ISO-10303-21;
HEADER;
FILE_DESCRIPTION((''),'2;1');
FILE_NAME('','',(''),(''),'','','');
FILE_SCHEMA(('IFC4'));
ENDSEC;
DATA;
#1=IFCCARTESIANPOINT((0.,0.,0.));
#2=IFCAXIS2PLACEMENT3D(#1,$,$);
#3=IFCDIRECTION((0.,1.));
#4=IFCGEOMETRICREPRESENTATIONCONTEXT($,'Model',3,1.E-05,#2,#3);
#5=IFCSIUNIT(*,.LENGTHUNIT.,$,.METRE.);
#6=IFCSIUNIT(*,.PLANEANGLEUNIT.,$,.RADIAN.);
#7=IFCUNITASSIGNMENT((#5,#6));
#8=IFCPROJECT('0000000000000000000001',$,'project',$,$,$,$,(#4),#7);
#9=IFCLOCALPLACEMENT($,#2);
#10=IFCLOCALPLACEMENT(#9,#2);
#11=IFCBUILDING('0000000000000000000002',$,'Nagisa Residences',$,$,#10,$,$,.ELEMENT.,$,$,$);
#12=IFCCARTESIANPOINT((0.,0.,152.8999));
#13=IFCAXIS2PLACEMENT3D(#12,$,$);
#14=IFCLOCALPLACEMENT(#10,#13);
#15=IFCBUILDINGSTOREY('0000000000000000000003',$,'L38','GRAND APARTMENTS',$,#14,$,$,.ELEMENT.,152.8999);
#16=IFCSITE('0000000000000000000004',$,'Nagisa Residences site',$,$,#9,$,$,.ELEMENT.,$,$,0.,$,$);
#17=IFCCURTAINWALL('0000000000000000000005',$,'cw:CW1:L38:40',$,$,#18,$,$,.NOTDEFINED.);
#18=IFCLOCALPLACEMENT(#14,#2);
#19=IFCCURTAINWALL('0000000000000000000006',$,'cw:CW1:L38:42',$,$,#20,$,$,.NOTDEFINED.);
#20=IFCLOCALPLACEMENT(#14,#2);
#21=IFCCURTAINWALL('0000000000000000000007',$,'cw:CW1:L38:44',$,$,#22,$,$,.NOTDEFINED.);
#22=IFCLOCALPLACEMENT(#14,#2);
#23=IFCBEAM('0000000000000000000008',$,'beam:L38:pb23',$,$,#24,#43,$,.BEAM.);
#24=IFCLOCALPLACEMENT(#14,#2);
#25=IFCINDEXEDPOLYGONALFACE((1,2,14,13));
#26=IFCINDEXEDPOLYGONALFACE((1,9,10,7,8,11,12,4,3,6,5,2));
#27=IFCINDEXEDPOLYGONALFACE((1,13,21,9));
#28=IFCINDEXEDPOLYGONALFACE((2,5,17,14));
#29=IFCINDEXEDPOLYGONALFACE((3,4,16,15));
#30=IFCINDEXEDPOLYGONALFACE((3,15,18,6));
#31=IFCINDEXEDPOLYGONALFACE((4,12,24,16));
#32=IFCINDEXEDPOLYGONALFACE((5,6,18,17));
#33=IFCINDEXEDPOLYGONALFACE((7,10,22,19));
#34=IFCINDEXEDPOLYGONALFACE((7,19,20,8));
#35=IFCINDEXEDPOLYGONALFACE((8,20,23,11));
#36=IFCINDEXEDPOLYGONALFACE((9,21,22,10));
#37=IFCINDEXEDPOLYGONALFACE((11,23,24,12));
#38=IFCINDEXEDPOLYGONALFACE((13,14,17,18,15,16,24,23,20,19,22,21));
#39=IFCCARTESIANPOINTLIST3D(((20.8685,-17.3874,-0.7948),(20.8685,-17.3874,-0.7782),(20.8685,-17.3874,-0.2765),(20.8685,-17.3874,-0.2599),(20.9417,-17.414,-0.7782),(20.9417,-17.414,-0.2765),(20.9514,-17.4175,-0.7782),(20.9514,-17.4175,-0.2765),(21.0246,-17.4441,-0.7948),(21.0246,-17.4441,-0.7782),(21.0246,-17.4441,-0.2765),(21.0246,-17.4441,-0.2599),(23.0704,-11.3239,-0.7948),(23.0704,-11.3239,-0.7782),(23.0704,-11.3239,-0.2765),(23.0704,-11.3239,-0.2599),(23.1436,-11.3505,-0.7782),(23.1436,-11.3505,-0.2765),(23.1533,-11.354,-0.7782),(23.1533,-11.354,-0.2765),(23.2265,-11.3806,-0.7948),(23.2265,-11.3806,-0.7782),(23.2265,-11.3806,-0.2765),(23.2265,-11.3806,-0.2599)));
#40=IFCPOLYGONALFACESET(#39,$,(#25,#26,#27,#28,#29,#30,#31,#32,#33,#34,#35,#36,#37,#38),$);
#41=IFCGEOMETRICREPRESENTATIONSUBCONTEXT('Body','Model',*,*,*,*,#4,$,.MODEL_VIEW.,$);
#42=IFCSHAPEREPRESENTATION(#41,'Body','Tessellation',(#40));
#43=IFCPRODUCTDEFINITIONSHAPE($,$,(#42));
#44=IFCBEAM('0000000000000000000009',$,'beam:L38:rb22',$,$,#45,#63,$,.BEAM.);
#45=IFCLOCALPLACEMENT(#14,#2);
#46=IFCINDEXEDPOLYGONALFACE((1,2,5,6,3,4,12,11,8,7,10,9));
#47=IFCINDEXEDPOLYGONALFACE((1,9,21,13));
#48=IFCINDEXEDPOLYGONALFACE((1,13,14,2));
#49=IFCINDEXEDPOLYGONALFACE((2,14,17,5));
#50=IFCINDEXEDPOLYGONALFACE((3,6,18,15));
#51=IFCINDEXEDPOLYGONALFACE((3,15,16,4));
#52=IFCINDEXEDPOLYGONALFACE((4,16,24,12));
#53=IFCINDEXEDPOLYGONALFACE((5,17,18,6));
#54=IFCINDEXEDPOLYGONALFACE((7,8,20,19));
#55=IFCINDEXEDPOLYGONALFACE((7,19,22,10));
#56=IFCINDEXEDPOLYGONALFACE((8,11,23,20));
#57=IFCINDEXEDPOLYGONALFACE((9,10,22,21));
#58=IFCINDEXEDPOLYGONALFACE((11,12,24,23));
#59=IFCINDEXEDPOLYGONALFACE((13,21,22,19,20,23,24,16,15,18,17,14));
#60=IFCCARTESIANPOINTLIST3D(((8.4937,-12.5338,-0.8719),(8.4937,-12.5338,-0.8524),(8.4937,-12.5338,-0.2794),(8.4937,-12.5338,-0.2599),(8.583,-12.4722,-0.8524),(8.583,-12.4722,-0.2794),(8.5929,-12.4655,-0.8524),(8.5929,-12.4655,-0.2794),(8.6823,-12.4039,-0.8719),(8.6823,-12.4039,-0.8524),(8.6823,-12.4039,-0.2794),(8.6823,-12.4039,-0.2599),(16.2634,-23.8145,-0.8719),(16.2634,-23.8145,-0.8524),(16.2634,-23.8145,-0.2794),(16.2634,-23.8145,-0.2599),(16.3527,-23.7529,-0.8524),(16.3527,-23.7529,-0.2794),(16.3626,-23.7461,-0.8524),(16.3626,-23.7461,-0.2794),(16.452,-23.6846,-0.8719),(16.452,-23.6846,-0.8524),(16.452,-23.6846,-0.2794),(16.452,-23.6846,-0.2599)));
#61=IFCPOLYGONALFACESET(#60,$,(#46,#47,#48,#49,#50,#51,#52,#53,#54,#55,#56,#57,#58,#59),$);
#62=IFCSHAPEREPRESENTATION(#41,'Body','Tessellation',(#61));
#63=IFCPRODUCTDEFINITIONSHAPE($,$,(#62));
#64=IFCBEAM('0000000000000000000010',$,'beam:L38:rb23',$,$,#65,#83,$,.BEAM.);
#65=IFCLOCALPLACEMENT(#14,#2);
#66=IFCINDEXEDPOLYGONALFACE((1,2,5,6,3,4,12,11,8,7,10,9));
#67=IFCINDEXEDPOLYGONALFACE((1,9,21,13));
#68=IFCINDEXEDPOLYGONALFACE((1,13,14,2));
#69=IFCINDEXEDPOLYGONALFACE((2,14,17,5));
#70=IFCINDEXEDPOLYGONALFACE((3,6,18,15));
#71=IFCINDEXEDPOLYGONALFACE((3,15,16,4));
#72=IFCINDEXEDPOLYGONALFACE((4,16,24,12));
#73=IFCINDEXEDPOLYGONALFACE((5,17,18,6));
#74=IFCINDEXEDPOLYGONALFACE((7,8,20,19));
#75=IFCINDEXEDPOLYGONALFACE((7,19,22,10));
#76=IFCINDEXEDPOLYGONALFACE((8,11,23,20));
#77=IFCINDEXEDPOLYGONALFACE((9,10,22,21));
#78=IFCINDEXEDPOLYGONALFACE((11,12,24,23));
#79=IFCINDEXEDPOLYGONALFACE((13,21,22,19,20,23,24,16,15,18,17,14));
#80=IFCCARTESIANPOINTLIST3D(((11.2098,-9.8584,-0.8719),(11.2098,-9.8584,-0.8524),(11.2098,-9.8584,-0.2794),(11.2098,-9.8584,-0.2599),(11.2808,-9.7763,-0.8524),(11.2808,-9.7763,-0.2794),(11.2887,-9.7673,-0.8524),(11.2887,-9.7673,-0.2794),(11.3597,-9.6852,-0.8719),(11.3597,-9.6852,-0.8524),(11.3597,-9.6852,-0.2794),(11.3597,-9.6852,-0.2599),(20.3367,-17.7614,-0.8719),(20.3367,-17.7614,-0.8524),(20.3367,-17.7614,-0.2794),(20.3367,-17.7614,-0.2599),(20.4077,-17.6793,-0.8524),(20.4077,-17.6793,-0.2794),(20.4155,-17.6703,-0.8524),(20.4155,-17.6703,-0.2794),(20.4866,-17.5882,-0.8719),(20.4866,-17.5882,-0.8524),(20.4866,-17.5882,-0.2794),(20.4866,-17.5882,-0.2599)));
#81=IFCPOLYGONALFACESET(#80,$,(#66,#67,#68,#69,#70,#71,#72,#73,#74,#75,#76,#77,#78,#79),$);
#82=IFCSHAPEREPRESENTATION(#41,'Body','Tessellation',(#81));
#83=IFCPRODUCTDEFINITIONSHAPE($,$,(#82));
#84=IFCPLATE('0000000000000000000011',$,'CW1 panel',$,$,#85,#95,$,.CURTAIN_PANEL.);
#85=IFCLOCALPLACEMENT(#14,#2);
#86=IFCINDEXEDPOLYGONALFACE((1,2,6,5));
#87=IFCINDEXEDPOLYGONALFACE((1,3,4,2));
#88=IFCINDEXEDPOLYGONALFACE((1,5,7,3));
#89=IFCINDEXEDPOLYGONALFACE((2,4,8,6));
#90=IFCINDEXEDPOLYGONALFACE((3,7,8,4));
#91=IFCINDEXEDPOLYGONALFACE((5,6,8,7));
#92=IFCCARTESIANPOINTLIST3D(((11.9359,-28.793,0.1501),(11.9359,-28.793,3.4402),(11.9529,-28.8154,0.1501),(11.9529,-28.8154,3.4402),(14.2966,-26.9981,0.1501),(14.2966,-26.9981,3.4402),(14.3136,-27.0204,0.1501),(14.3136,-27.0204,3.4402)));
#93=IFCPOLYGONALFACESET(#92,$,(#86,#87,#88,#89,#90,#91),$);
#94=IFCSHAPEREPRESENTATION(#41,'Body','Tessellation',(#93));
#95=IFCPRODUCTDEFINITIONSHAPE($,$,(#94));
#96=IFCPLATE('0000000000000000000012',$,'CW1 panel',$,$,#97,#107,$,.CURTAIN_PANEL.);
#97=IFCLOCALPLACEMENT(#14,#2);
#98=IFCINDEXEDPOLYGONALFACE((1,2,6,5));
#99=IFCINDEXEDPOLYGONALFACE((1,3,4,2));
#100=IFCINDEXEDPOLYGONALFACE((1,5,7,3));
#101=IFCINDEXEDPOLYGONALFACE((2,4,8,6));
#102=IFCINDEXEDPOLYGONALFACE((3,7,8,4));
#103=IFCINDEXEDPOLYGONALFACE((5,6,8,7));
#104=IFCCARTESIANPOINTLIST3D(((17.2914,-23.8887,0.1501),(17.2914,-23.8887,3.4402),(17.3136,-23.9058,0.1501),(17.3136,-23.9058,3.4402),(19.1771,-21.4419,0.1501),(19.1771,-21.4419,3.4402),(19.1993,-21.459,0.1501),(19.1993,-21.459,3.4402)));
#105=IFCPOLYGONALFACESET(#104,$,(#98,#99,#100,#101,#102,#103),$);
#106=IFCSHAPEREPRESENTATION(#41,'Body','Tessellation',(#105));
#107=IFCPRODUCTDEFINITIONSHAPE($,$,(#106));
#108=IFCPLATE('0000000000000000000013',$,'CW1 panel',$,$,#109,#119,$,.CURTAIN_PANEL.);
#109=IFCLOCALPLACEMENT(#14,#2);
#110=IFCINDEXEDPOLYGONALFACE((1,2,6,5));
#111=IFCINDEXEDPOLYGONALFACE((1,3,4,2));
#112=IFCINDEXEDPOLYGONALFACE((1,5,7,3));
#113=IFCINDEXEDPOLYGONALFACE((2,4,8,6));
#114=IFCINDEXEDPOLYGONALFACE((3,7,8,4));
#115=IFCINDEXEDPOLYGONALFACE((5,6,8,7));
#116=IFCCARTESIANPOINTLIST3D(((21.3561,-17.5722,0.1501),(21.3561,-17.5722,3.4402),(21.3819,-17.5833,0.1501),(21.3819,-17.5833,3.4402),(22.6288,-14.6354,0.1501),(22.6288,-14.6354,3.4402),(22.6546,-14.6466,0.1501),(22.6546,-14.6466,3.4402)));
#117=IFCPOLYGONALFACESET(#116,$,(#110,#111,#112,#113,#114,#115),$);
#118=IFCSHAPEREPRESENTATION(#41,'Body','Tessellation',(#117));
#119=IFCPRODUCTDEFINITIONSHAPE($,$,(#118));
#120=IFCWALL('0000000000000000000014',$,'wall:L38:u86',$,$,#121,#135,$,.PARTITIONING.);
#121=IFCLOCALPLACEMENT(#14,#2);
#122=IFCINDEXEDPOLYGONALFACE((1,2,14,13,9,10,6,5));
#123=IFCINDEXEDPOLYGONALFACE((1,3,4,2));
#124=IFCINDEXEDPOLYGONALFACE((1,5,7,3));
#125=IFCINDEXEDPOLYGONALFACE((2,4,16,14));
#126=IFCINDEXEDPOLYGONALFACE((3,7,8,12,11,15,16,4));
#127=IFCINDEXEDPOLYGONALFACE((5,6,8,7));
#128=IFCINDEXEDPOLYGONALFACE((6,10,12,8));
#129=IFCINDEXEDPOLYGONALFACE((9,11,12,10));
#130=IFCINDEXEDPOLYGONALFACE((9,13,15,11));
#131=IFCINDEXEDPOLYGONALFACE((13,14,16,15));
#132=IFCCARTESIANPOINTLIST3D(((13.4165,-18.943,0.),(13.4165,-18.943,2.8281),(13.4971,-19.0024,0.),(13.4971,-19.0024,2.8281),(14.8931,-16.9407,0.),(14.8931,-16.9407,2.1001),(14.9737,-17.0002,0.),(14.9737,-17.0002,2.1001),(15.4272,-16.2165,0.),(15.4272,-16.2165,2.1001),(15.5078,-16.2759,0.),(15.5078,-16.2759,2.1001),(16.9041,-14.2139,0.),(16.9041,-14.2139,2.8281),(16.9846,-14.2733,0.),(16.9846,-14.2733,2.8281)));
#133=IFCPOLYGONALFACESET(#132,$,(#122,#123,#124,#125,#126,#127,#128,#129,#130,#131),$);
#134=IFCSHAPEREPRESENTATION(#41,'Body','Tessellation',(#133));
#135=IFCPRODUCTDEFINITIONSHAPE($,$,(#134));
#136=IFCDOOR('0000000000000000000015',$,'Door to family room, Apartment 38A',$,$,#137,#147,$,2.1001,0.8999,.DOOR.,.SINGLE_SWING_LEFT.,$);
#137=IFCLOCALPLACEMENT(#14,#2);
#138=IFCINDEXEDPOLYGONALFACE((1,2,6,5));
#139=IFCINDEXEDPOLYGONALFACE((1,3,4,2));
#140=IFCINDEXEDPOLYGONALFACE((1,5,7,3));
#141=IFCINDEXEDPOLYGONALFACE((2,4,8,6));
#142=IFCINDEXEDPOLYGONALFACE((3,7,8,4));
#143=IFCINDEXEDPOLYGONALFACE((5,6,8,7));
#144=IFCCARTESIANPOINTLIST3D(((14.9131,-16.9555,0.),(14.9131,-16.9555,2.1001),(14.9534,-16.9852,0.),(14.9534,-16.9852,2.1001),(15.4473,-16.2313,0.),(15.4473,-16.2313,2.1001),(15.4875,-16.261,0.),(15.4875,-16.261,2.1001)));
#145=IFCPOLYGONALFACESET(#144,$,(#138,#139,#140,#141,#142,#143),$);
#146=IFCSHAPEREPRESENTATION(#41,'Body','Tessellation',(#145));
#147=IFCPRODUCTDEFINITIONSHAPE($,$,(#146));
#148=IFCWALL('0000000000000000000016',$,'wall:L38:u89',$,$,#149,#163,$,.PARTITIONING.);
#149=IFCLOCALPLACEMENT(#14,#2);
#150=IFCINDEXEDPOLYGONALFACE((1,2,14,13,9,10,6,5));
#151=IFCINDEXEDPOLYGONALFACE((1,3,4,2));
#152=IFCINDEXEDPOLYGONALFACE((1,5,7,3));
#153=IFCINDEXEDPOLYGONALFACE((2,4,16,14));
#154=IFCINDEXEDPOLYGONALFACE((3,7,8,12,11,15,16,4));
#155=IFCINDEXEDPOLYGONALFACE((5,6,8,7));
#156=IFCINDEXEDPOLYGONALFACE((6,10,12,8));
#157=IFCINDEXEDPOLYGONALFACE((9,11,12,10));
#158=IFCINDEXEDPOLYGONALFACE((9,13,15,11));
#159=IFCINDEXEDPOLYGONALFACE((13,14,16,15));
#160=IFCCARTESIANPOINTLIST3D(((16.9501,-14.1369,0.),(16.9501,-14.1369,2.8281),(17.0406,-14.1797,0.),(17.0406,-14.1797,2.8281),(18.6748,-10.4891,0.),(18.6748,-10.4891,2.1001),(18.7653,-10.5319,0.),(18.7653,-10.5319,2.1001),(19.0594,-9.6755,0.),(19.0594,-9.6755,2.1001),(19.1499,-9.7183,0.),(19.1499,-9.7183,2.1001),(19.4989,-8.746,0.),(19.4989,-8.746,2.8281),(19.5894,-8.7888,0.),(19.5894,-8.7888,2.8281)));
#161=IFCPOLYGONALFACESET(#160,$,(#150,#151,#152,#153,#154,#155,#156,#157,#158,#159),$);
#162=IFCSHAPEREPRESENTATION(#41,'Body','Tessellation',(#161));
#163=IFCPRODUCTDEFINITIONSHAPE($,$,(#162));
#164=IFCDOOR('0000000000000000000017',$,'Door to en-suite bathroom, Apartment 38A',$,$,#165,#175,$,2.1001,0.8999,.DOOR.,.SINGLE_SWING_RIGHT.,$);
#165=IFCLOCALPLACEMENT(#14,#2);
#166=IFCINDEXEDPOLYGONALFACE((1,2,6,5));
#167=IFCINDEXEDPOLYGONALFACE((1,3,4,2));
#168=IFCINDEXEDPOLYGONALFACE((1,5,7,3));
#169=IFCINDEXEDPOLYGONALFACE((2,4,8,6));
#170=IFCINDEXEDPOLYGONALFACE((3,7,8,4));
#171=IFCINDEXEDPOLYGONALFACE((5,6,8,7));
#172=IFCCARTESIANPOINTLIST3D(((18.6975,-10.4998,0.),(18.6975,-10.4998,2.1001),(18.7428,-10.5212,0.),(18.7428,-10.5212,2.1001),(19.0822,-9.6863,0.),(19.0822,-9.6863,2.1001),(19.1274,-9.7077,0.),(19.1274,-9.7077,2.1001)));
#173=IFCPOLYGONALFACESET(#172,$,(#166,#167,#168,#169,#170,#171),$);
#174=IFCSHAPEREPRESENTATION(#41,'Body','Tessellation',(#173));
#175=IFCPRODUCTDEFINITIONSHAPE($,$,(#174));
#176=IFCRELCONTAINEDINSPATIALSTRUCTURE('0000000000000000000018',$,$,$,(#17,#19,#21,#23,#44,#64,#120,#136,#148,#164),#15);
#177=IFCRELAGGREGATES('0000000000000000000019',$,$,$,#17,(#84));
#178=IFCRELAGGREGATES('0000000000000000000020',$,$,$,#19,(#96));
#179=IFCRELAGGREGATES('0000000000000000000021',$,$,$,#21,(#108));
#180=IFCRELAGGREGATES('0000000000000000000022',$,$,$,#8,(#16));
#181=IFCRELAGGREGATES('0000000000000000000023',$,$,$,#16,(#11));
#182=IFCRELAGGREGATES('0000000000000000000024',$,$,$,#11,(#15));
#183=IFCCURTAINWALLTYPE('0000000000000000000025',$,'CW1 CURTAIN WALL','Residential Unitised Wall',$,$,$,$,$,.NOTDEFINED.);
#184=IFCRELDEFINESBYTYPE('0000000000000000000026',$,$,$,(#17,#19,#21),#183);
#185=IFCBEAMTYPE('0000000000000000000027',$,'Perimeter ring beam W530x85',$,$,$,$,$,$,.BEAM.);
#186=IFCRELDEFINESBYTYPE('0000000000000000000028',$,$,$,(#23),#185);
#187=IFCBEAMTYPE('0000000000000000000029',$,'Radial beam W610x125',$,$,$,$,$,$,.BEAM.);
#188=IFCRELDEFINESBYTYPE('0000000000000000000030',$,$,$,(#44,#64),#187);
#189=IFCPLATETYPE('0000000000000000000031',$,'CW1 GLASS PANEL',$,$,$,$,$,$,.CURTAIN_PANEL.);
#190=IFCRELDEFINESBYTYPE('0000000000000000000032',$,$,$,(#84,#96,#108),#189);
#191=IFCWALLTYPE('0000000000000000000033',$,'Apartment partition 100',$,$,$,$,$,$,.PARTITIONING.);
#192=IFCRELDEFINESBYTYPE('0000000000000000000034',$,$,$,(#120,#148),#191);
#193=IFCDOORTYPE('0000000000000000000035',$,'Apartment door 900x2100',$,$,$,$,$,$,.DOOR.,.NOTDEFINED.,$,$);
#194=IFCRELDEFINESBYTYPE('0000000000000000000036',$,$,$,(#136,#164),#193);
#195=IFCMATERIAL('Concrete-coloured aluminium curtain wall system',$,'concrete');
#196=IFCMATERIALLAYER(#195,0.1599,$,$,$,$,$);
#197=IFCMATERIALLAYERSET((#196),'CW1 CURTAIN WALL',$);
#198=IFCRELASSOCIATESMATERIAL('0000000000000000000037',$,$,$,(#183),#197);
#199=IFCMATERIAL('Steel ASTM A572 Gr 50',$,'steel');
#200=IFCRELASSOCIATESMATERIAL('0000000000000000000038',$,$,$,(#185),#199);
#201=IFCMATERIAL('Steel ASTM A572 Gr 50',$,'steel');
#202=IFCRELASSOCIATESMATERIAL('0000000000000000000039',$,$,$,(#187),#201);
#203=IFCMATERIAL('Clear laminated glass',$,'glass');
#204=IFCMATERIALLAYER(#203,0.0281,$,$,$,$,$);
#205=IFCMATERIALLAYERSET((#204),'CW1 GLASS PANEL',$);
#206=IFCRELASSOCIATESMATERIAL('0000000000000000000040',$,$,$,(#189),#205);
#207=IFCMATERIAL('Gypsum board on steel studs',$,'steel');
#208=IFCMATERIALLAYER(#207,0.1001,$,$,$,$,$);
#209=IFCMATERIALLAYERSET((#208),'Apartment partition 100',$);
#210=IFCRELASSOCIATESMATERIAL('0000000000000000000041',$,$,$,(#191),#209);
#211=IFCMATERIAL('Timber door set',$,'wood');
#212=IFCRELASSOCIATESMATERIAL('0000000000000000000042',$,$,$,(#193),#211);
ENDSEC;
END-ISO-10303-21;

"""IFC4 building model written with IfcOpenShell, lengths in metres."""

from ifc_helpers import new_model, si_unit, direction, frame, frame_2d, origin, origin_2d, place, context, subcontext, project, spatial, rectangle, i_section, extrude, material, layer, layer_set, material_profile, profile_set, type_object, element, fill, aggregate, save


model = new_model("IFC4")

# Units and contexts
model_context = context("Model", 3, precision=1e-05, world=origin(), true_north=direction((0.0, 1.0)))
body_context = subcontext(model_context, "Body", "Model", "MODEL_VIEW")
ifc_project = project(units=[si_unit("LENGTHUNIT", "METRE"), si_unit("PLANEANGLEUNIT", "RADIAN")], contexts=[model_context])

# Site, building, storey
site_placement = place(None, origin())
site = spatial("IfcSite", under=ifc_project, at=site_placement, Name="Nagisa Residences site", CompositionType="ELEMENT", RefElevation=0.0)
building_placement = place(site_placement, origin())
building = spatial("IfcBuilding", under=site, at=building_placement, Name="Nagisa Residences", CompositionType="ELEMENT")
storey_placement = place(building_placement, frame((0.0, 0.0, 152.8999)))
storey = spatial("IfcBuildingStorey", under=building, at=storey_placement, Name="L38", Description="GRAND APARTMENTS", CompositionType="ELEMENT", Elevation=152.8999)

# Curtain walls
ifc_material_1 = material(Name="Concrete-coloured aluminium curtain wall system", Category="concrete")
ifc_layer_1 = layer(ifc_material_1, 0.1599)
ifc_layer_set_1 = layer_set([ifc_layer_1], Name="CW1 CURTAIN WALL")
curtain_wall_type = type_object("IfcCurtainWallType", Name="CW1 CURTAIN WALL", Description="Residential Unitised Wall", PredefinedType="NOTDEFINED", material=ifc_layer_set_1)
curtain_wall_1_placement = place(storey_placement, origin())
curtain_wall_1 = element("IfcCurtainWall", 1, at=curtain_wall_1_placement, inside=storey, type_object=curtain_wall_type, Name="cw:CW1:L38:40", PredefinedType="NOTDEFINED")
curtain_wall_2_placement = place(storey_placement, origin())
curtain_wall_2 = element("IfcCurtainWall", 2, at=curtain_wall_2_placement, inside=storey, type_object=curtain_wall_type, Name="cw:CW1:L38:42", PredefinedType="NOTDEFINED")
curtain_wall_3_placement = place(storey_placement, origin())
curtain_wall_3 = element("IfcCurtainWall", 3, at=curtain_wall_3_placement, inside=storey, type_object=curtain_wall_type, Name="cw:CW1:L38:44", PredefinedType="NOTDEFINED")

# Beams
ifc_material_2 = material(Name="Steel ASTM A572 Gr 50", Category="steel")
ifc_material_profile_1 = material_profile(ifc_material_2, i_section(OverallWidth=0.166, OverallDepth=0.5349, WebThickness=0.0103, FlangeThickness=0.0166, at=origin_2d()), Name="W530x85")
ifc_profile_set_1 = profile_set([ifc_material_profile_1], Name="Steel ASTM A572 Gr 50")
beam_type_1 = type_object("IfcBeamType", Name="Perimeter ring beam W530x85", PredefinedType="BEAM", material=ifc_profile_set_1)
beam_1_placement = place(storey_placement, frame((20.9465, -17.4158, -0.5273), z_axis=(0.341333, 0.939943, 0.0), x_axis=(-0.939943, 0.341333, 0.0)))
element("IfcBeam", 4, at=beam_1_placement, inside=storey, type_object=beam_type_1, Name="beam:L38:pb23", PredefinedType="BEAM", context=body_context, shape_type="SweptSolid", body=[
    extrude(i_section(OverallWidth=0.166, OverallDepth=0.5349, WebThickness=0.0103, FlangeThickness=0.0166, at=origin_2d()), origin(), (0.0, 0.0, 1.0), 6.4509),
])
ifc_material_3 = material(Name="Steel ASTM A572 Gr 50", Category="steel")
ifc_material_profile_2 = material_profile(ifc_material_3, i_section(OverallWidth=0.229, OverallDepth=0.6121, WebThickness=0.012, FlangeThickness=0.0195, at=origin_2d()), Name="W610x125")
ifc_profile_set_2 = profile_set([ifc_material_profile_2], Name="Steel ASTM A572 Gr 50")
beam_type_2 = type_object("IfcBeamType", Name="Radial beam W610x125", PredefinedType="BEAM", material=ifc_profile_set_2)
beam_2_placement = place(storey_placement, frame((16.3577, -23.7495, -0.5659), z_axis=(-0.567235, 0.823556, 0.0), x_axis=(-0.823556, -0.567235, 0.0)))
element("IfcBeam", 5, at=beam_2_placement, inside=storey, type_object=beam_type_2, Name="beam:L38:rb22", PredefinedType="BEAM", context=body_context, shape_type="SweptSolid", body=[
    extrude(i_section(OverallWidth=0.229, OverallDepth=0.6121, WebThickness=0.012, FlangeThickness=0.0195, at=origin_2d()), origin(), (0.0, 0.0, 1.0), 13.6975),
])
beam_3_placement = place(storey_placement, frame((20.4116, -17.6748, -0.5659), z_axis=(-0.755974, 0.654602, 0.0), x_axis=(-0.654602, -0.755974, 0.0)))
element("IfcBeam", 6, at=beam_3_placement, inside=storey, type_object=beam_type_2, Name="beam:L38:rb23", PredefinedType="BEAM", context=body_context, shape_type="SweptSolid", body=[
    extrude(i_section(OverallWidth=0.229, OverallDepth=0.6121, WebThickness=0.012, FlangeThickness=0.0195, at=origin_2d()), origin(), (0.0, 0.0, 1.0), 12.073),
])

# Plates
ifc_material_4 = material(Name="Clear laminated glass", Category="glass")
ifc_layer_2 = layer(ifc_material_4, 0.0281)
ifc_layer_set_2 = layer_set([ifc_layer_2], Name="CW1 GLASS PANEL")
plate_type = type_object("IfcPlateType", Name="CW1 GLASS PANEL", PredefinedType="CURTAIN_PANEL", material=ifc_layer_set_2)
plate_1_placement = place(storey_placement, frame((13.1248, -27.9067, 0.1501), z_axis=(0.0, 0.0, 1.0), x_axis=(0.796031, 0.605255, 0.0)))
plate_1 = element("IfcPlate", 7, at=plate_1_placement, type_object=plate_type, Name="CW1 panel", PredefinedType="CURTAIN_PANEL", context=body_context, shape_type="SweptSolid", body=[
    extrude(rectangle(XDim=2.9656, YDim=0.0281, at=origin_2d()), origin(), (0.0, 0.0, 1.0), 3.29),
])
aggregate(curtain_wall_1, [plate_1])
plate_2_placement = place(storey_placement, frame((18.2454, -22.6738, 0.1501), z_axis=(0.0, 0.0, 1.0), x_axis=(0.61043, 0.79207, 0.0)))
plate_2 = element("IfcPlate", 8, at=plate_2_placement, type_object=plate_type, Name="CW1 panel", PredefinedType="CURTAIN_PANEL", context=body_context, shape_type="SweptSolid", body=[
    extrude(rectangle(XDim=3.0891, YDim=0.0281, at=origin_2d()), origin(), (0.0, 0.0, 1.0), 3.29),
])
aggregate(curtain_wall_2, [plate_2])
plate_3_placement = place(storey_placement, frame((22.0054, -16.1094, 0.1501), z_axis=(0.0, 0.0, 1.0), x_axis=(0.397636, 0.917543, 0.0)))
plate_3 = element("IfcPlate", 9, at=plate_3_placement, type_object=plate_type, Name="CW1 panel", PredefinedType="CURTAIN_PANEL", context=body_context, shape_type="SweptSolid", body=[
    extrude(rectangle(XDim=3.2007, YDim=0.0281, at=origin_2d()), origin(), (0.0, 0.0, 1.0), 3.29),
])
aggregate(curtain_wall_3, [plate_3])

# Walls, openings, doors
ifc_material_5 = material(Name="Gypsum board on steel studs", Category="steel")
ifc_layer_3 = layer(ifc_material_5, 0.1001)
ifc_layer_set_3 = layer_set([ifc_layer_3], Name="Apartment partition 100")
wall_type_1 = type_object("IfcWallType", Name="Apartment partition 100", PredefinedType="PARTITIONING", material=ifc_layer_set_3)
wall_1_placement = place(storey_placement, frame((13.4568, -18.9727, 0.0), z_axis=(0.0, 0.0, 1.0), x_axis=(0.593532, 0.80481, 0.0)))
wall_1 = element("IfcWall", 10, at=wall_1_placement, inside=storey, type_object=wall_type_1, Name="wall:L38:u86", PredefinedType="PARTITIONING", context=body_context, shape_type="SweptSolid", body=[
    extrude(rectangle(XDim=5.876, YDim=0.1001, at=frame_2d((2.938, 0.0))), origin(), (0.0, 0.0, 1.0), 2.8281),
])
opening_1_placement = place(wall_1_placement, frame((2.4878, 0.0, 0.0)))
opening_1 = element("IfcOpeningElement", 11, at=opening_1_placement, cuts=wall_1, PredefinedType="OPENING", context=body_context, shape_type="SweptSolid", body=[
    extrude(rectangle(XDim=0.8999, YDim=2.1001, at=frame_2d((0.45, 1.05))), frame((0.0, 0.0601, 0.0), z_axis=(0.0, -1.0, 0.0), x_axis=(1.0, 0.0, 0.0)), (0.0, 0.0, 1.0), 0.1201),
])
ifc_material_6 = material(Name="Timber door set", Category="wood")
door_type_1 = type_object("IfcDoorType", Name="Apartment door 900x2100", OperationType="NOTDEFINED", PredefinedType="DOOR", material=ifc_material_6)
door_1_placement = place(opening_1_placement, frame((0.8999, 0.0, 0.0), x_axis=(-1.0, 0.0, 0.0)))
door_1 = element("IfcDoor", 12, at=door_1_placement, inside=storey, type_object=door_type_1, Name="Door to family room, Apartment 38A", OperationType="SINGLE_SWING_LEFT", OverallHeight=2.1001, OverallWidth=0.8999, PredefinedType="DOOR", context=body_context, shape_type="SweptSolid", body=[
    extrude(rectangle(XDim=0.8999, YDim=2.1001, at=frame_2d((0.45, 1.05))), frame((0.0, 0.0249, 0.0), z_axis=(0.0, -1.0, 0.0), x_axis=(1.0, 0.0, 0.0)), (0.0, 0.0, 1.0), 0.05),
])
fill(opening_1, door_1)
wall_2_placement = place(storey_placement, frame((16.9954, -14.1582, 0.0), z_axis=(0.0, 0.0, 1.0), x_axis=(0.427437, 0.904045, 0.0)))
wall_2 = element("IfcWall", 13, at=wall_2_placement, inside=storey, type_object=wall_type_1, Name="wall:L38:u89", PredefinedType="PARTITIONING", context=body_context, shape_type="SweptSolid", body=[
    extrude(rectangle(XDim=5.9631, YDim=0.1001, at=frame_2d((2.9814, 0.0))), origin(), (0.0, 0.0, 1.0), 2.8281),
])
opening_2_placement = place(wall_2_placement, frame((4.0349, 0.0, 0.0)))
opening_2 = element("IfcOpeningElement", 14, at=opening_2_placement, cuts=wall_2, PredefinedType="OPENING", context=body_context, shape_type="SweptSolid", body=[
    extrude(rectangle(XDim=0.8999, YDim=2.1001, at=frame_2d((0.45, 1.05))), frame((0.0, 0.0601, 0.0), z_axis=(0.0, -1.0, 0.0), x_axis=(1.0, 0.0, 0.0)), (0.0, 0.0, 1.0), 0.1201),
])
door_2_placement = place(opening_2_placement, origin())
door_2 = element("IfcDoor", 15, at=door_2_placement, inside=storey, type_object=door_type_1, Name="Door to en-suite bathroom, Apartment 38A", OperationType="SINGLE_SWING_RIGHT", OverallHeight=2.1001, OverallWidth=0.8999, PredefinedType="DOOR", context=body_context, shape_type="SweptSolid", body=[
    extrude(rectangle(XDim=0.8999, YDim=2.1001, at=frame_2d((0.45, 1.05))), frame((0.0, 0.0249, 0.0), z_axis=(0.0, -1.0, 0.0), x_axis=(1.0, 0.0, 0.0)), (0.0, 0.0, 1.0), 0.05),
])
fill(opening_2, door_2)

save(model, "model.ifc")
